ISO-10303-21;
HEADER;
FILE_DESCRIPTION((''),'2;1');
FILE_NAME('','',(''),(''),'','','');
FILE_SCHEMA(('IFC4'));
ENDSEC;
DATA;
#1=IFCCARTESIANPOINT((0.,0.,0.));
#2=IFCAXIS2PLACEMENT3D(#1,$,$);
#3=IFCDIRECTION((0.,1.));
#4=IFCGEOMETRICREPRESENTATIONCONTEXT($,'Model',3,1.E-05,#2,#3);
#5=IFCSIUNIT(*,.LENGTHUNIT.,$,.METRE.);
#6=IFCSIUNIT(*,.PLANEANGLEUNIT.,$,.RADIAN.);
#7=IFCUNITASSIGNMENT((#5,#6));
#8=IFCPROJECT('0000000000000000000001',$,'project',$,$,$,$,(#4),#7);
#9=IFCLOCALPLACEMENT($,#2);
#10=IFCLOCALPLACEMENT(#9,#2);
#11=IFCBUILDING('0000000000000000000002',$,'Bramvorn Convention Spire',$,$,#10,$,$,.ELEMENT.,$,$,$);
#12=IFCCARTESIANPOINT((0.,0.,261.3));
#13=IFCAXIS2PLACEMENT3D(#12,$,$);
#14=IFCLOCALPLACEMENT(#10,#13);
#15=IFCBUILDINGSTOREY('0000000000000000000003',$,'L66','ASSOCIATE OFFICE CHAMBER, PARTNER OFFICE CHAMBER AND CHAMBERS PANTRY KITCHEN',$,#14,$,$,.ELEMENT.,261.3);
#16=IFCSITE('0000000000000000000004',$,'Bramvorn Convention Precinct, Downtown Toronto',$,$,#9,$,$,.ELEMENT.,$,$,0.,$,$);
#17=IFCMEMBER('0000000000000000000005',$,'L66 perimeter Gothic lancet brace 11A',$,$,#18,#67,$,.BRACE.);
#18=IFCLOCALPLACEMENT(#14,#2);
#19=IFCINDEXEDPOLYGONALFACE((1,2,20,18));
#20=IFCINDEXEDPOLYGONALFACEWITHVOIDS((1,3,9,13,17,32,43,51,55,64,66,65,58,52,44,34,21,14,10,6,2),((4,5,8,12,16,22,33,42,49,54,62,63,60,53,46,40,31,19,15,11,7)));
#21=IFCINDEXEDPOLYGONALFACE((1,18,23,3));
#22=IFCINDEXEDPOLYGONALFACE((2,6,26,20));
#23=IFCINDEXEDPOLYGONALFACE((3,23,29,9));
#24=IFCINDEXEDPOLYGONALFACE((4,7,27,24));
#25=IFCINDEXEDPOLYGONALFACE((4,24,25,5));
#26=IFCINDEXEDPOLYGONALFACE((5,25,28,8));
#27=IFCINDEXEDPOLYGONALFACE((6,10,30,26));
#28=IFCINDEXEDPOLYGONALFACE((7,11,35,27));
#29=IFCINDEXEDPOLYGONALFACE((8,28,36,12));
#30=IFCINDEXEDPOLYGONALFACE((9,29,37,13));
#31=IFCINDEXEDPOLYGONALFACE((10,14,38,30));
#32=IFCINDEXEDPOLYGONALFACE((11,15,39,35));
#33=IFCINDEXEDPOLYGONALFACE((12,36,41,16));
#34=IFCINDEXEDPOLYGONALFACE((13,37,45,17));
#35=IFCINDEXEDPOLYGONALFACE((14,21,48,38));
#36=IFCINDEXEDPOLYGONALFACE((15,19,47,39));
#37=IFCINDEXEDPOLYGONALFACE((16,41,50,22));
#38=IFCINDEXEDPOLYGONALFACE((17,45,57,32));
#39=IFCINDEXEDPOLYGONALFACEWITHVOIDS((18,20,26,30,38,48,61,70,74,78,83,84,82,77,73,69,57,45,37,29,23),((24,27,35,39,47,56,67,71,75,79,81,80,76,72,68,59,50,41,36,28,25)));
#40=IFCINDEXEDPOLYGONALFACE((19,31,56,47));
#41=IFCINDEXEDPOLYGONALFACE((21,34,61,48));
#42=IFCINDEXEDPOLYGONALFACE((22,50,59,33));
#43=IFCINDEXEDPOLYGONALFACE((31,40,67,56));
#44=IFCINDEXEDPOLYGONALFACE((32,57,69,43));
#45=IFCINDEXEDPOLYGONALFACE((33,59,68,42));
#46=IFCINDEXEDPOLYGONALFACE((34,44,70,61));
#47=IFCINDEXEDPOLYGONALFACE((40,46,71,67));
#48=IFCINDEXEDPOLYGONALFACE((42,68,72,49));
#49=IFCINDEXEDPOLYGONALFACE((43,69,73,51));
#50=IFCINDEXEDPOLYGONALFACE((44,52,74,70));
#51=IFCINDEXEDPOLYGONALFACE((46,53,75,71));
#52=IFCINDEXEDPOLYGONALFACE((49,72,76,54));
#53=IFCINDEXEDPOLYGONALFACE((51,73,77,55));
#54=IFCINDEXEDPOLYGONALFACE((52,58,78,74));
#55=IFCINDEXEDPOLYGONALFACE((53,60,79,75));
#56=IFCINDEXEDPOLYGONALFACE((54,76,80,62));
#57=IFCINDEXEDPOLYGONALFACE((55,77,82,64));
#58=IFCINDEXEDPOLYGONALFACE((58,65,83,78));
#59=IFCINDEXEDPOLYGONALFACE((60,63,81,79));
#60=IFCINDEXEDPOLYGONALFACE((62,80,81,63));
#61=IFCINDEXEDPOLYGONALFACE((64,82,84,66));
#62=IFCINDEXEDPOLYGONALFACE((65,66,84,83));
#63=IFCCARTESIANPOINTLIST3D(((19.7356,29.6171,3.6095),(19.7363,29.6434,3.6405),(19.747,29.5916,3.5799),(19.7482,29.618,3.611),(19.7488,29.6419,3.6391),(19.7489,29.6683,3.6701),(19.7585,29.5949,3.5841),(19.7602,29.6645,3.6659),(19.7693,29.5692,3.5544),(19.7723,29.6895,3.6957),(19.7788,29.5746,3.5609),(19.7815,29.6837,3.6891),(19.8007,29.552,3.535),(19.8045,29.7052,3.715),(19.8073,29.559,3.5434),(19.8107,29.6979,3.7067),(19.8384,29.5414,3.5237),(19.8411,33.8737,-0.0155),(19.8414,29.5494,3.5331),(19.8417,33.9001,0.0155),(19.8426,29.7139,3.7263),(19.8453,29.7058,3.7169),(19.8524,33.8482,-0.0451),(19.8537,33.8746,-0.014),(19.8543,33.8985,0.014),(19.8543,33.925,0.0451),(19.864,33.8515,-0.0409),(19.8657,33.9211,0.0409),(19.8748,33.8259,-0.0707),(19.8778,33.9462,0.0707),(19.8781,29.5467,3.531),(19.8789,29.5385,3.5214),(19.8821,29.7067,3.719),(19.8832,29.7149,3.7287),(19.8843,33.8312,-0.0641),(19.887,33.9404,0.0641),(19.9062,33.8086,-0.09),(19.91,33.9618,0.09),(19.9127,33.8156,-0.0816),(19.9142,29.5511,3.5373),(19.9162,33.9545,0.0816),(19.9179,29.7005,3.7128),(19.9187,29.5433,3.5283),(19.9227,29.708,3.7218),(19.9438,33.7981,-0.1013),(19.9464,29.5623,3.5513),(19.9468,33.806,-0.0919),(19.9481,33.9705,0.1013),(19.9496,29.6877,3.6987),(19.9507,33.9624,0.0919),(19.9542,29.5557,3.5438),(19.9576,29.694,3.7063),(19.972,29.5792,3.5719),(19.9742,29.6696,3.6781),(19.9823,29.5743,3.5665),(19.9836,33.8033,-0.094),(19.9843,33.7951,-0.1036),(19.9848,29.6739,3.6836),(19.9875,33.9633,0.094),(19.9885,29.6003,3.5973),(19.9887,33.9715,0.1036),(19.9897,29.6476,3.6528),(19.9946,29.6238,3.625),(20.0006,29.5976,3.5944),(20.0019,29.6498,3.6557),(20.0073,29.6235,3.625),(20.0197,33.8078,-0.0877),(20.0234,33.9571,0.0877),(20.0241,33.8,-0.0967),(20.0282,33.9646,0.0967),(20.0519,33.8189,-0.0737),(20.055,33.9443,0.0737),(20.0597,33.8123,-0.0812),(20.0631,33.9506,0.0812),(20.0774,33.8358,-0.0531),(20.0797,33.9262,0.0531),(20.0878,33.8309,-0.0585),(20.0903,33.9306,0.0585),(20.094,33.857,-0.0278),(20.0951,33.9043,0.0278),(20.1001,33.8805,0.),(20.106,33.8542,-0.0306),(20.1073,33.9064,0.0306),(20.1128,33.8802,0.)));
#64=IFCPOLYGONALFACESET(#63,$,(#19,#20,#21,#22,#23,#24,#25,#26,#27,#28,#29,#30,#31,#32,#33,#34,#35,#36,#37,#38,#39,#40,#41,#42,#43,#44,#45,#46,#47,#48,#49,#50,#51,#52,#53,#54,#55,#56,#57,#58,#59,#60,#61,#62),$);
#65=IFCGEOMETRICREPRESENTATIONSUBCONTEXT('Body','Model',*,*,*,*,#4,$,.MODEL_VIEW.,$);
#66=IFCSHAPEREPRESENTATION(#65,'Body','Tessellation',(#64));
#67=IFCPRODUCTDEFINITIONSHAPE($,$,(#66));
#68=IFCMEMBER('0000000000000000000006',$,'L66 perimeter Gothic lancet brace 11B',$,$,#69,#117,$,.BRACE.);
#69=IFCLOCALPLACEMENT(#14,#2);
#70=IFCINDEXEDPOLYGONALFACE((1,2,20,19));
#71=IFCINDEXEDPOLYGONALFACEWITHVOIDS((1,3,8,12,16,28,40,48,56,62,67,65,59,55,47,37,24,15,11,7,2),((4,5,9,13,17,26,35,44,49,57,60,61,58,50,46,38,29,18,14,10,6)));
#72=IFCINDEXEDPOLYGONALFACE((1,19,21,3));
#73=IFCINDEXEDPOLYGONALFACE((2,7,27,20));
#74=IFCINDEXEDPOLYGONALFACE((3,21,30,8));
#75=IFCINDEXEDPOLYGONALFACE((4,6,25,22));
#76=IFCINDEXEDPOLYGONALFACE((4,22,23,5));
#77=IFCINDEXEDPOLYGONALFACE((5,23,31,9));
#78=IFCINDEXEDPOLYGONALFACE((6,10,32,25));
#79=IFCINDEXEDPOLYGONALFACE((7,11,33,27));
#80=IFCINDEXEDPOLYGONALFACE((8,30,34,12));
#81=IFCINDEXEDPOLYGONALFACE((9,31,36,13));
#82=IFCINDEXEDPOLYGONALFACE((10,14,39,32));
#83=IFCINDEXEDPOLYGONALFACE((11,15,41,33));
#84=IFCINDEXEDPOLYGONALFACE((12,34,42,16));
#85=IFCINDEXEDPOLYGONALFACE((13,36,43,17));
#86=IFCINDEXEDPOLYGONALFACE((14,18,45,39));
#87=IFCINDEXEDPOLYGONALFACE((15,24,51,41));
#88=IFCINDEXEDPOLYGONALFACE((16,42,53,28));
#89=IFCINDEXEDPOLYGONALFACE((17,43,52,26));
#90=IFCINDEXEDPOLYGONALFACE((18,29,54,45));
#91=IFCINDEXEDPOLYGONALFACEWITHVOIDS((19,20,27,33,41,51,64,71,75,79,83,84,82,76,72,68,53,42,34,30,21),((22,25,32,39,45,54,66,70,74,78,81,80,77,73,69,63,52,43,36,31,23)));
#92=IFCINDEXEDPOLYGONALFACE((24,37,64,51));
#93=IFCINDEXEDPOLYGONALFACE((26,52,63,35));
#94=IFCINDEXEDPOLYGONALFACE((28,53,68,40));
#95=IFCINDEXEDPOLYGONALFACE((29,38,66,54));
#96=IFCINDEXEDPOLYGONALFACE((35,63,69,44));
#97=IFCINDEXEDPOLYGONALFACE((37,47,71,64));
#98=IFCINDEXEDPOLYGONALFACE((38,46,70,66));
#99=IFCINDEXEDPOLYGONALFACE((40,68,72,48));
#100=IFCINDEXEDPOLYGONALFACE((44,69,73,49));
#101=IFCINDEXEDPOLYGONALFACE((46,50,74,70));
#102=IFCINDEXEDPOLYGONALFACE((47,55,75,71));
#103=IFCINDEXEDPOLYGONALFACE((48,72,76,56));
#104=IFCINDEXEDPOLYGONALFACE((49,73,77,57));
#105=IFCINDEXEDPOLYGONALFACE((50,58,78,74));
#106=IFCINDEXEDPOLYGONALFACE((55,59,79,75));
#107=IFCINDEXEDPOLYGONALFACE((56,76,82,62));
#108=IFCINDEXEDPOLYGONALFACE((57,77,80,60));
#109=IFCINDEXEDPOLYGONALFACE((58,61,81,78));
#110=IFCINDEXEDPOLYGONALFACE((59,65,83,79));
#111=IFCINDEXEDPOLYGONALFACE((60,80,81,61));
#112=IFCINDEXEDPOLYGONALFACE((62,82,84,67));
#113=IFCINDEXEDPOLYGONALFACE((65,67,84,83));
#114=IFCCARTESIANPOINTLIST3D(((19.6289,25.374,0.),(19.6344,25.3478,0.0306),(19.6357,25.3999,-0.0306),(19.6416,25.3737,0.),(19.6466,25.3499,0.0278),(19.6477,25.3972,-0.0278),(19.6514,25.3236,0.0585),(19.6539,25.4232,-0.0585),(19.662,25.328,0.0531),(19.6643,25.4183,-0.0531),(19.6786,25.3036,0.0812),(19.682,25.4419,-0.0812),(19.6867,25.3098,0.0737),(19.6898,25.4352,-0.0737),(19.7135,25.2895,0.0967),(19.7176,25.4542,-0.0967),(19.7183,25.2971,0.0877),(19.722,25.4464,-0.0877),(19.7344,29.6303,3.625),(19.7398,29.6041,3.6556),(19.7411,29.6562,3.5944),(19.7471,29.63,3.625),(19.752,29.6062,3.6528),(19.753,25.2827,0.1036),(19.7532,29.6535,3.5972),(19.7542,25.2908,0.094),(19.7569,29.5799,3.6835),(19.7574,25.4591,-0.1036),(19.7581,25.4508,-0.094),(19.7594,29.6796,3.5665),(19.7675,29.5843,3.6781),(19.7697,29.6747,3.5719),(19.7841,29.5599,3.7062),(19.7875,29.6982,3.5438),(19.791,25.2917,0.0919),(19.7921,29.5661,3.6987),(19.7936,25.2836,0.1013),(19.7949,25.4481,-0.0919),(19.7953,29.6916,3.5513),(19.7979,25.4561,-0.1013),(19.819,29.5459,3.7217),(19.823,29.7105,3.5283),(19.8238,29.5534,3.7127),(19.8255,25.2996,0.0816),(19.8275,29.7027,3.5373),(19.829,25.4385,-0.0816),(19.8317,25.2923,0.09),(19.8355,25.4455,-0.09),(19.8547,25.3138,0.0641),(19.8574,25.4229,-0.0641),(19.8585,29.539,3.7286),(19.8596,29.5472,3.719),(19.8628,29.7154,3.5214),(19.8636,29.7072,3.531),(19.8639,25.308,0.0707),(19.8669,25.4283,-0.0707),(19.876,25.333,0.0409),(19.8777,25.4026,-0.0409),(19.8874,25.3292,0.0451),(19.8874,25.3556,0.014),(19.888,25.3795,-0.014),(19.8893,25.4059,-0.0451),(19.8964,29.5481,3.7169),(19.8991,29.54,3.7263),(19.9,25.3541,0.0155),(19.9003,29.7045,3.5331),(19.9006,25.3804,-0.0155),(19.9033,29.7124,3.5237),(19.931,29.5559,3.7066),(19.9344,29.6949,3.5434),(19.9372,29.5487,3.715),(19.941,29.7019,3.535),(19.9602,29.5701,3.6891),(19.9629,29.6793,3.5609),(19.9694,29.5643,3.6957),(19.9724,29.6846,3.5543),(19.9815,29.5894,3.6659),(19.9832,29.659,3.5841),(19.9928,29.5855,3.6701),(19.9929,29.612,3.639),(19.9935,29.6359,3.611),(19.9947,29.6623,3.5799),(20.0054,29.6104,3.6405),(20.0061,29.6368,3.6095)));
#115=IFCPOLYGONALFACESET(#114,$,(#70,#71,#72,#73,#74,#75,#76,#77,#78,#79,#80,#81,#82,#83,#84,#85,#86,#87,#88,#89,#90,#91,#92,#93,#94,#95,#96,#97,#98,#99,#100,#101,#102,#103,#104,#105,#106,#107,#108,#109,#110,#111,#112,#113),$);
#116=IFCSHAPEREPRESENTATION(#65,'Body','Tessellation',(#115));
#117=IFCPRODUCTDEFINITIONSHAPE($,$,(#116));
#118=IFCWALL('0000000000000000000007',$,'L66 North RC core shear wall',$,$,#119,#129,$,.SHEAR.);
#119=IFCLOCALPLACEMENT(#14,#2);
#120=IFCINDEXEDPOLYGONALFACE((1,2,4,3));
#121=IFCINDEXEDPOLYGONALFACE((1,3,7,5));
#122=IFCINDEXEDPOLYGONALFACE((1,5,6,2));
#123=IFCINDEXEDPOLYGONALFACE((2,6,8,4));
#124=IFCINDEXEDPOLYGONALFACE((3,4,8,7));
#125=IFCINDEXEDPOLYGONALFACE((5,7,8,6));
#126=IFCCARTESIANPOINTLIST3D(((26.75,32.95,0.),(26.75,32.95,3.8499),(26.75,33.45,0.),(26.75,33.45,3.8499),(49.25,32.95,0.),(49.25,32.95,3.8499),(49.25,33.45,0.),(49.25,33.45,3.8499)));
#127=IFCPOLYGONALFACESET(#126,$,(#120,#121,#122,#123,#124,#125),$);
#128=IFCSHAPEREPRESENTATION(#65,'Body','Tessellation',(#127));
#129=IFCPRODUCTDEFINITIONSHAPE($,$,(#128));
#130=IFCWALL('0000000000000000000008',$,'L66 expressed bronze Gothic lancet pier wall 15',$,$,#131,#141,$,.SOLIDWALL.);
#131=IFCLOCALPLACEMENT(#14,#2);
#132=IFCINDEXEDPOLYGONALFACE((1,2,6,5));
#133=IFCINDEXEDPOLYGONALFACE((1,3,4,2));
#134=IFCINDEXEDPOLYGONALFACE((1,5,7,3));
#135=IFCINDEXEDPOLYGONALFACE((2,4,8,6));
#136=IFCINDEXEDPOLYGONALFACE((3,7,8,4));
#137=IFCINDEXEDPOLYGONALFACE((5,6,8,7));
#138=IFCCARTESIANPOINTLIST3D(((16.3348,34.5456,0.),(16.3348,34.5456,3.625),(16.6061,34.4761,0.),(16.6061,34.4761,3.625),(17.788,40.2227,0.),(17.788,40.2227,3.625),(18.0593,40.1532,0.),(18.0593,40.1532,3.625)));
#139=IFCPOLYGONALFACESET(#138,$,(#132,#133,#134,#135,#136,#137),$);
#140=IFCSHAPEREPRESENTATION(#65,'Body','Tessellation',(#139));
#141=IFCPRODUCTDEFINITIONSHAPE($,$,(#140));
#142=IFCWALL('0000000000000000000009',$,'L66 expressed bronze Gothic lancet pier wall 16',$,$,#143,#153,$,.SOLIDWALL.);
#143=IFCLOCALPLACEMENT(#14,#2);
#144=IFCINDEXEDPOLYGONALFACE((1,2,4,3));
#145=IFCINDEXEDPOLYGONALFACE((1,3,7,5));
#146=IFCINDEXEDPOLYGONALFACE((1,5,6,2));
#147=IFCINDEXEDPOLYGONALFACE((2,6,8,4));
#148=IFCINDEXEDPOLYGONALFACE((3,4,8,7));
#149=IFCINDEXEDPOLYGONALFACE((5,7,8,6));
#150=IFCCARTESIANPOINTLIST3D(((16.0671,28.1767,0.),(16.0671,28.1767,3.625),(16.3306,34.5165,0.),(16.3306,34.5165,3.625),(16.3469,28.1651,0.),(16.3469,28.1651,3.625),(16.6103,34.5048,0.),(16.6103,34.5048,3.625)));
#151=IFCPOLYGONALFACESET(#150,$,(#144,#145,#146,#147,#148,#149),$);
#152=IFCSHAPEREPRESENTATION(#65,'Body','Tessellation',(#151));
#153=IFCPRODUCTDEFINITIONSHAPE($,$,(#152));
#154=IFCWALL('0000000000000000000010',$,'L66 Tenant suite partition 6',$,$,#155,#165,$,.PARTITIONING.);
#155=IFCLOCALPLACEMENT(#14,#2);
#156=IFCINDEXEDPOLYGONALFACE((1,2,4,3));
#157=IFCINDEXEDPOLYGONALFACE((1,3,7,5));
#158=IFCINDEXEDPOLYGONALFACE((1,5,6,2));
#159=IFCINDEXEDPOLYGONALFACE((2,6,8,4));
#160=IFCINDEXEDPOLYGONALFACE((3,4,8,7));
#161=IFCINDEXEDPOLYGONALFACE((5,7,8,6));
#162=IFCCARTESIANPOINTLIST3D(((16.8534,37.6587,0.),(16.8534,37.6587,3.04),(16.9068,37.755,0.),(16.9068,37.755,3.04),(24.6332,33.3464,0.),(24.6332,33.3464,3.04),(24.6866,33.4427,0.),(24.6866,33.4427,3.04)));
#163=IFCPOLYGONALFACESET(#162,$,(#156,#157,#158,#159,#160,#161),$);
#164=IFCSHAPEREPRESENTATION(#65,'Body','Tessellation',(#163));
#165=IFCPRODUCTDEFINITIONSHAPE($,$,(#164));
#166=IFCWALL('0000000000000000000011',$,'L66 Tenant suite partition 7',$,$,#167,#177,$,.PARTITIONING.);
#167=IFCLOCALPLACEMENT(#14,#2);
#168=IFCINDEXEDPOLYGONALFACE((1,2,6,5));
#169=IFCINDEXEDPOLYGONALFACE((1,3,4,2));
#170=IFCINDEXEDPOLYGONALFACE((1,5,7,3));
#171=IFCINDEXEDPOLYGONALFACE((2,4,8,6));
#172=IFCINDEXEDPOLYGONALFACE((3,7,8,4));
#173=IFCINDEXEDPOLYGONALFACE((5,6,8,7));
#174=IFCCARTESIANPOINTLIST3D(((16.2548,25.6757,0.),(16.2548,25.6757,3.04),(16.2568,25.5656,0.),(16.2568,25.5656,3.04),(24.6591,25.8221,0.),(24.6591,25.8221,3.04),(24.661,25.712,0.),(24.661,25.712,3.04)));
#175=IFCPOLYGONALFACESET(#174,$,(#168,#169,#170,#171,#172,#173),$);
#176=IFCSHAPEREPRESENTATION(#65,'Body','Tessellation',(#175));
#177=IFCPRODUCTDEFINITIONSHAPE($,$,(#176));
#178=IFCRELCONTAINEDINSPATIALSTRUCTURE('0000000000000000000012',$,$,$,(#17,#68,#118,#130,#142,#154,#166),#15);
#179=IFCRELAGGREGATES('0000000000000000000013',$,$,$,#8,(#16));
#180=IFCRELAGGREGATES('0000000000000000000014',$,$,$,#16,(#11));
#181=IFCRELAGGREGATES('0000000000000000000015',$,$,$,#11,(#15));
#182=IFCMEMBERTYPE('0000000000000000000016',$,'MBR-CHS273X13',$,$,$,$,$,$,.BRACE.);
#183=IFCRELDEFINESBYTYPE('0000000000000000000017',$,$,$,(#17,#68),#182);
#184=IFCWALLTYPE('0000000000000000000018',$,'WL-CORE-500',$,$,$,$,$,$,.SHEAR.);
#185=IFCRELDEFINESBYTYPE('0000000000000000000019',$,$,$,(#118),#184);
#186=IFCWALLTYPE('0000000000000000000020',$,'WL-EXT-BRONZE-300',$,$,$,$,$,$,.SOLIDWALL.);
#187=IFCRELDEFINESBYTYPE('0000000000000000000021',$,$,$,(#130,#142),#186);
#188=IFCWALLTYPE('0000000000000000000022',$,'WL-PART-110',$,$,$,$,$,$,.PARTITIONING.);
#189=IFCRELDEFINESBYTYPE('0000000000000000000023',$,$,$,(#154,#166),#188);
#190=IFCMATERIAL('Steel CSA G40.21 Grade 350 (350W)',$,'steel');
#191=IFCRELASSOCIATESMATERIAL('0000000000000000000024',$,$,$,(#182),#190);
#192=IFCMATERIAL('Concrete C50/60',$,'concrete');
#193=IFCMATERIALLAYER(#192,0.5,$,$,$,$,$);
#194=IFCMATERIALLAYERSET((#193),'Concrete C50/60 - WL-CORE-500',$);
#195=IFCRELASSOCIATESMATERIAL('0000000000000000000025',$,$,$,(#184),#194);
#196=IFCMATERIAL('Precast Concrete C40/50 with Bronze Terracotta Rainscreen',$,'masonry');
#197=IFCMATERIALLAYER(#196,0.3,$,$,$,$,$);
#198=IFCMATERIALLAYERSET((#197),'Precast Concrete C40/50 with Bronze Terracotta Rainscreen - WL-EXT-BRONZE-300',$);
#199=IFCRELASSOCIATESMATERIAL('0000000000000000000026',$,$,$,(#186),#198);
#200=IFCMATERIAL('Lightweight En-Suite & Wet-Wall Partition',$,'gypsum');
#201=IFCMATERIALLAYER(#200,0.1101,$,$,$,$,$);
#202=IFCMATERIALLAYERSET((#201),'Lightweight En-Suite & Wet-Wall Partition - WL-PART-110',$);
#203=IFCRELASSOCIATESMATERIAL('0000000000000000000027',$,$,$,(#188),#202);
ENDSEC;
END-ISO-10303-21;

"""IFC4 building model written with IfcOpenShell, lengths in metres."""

from ifc_helpers import new_model, si_unit, direction, frame, frame_2d, origin, origin_2d, place, context, subcontext, project, spatial, rectangle, hollow_circle, extrude, material, layer, layer_set, material_profile, profile_set, type_object, element, save


model = new_model("IFC4")

# Units and contexts
model_context = context("Model", 3, precision=1e-05, world=origin(), true_north=direction((0.0, 1.0)))
body_context = subcontext(model_context, "Body", "Model", "MODEL_VIEW")
ifc_project = project(units=[si_unit("LENGTHUNIT", "METRE"), si_unit("PLANEANGLEUNIT", "RADIAN")], contexts=[model_context])

# Site, building, storey
site_placement = place(None, origin())
site = spatial("IfcSite", under=ifc_project, at=site_placement, Name="Bramvorn Convention Precinct, Downtown Toronto", CompositionType="ELEMENT", RefElevation=0.0)
building_placement = place(site_placement, origin())
building = spatial("IfcBuilding", under=site, at=building_placement, Name="Bramvorn Convention Spire", CompositionType="ELEMENT")
storey_placement = place(building_placement, frame((0.0, 0.0, 261.3)))
storey = spatial("IfcBuildingStorey", under=building, at=storey_placement, Name="L66", Description="ASSOCIATE OFFICE CHAMBER, PARTNER OFFICE CHAMBER AND CHAMBERS PANTRY KITCHEN", CompositionType="ELEMENT", Elevation=261.3)

# Shared definitions
ifc_material_1 = material(Name="Steel CSA G40.21 Grade 350 (350W)", Category="steel")

# Members
ifc_material_profile_1 = material_profile(ifc_material_1, hollow_circle(Radius=0.1365, WallThickness=0.0127, at=origin_2d()))
ifc_profile_set_1 = profile_set([ifc_material_profile_1], Name="Steel CSA G40.21 Grade 350 (350W) - CHS273X13")
member_type = type_object("IfcMemberType", Name="MBR-CHS273X13", PredefinedType="BRACE", material=ifc_profile_set_1)
member_1_placement = place(storey_placement, frame((19.9763, 33.8835, 0.0), z_axis=(-0.018861, -0.761195, 0.648249), x_axis=(0.999693, -0.02477, 0.0)))
element("IfcMember", 1, at=member_1_placement, inside=storey, type_object=member_type, Name="L66 perimeter Gothic lancet brace 11A", PredefinedType="BRACE", context=body_context, shape_type="SweptSolid", body=[
    extrude(hollow_circle(Radius=0.1365, WallThickness=0.0127, at=origin_2d()), origin(), (0.0, 0.0, 1.0), 5.592),
])
member_2_placement = place(storey_placement, frame((19.7654, 25.3706, 0.0), z_axis=(0.018861, 0.761176, 0.648271), x_axis=(-0.999693, 0.024772, 0.0)))
element("IfcMember", 2, at=member_2_placement, inside=storey, type_object=member_type, Name="L66 perimeter Gothic lancet brace 11B", PredefinedType="BRACE", context=body_context, shape_type="SweptSolid", body=[
    extrude(hollow_circle(Radius=0.1365, WallThickness=0.0127, at=origin_2d()), origin(), (0.0, 0.0, 1.0), 5.5918),
])

# Walls
ifc_material_2 = material(Name="Concrete C50/60", Category="concrete")
ifc_layer_1 = layer(ifc_material_2, 0.5)
ifc_layer_set_1 = layer_set([ifc_layer_1], Name="Concrete C50/60 - WL-CORE-500")
wall_type_1 = type_object("IfcWallType", Name="WL-CORE-500", PredefinedType="SHEAR", material=ifc_layer_set_1)
wall_1_placement = place(storey_placement, frame((26.75, 33.2, 0.0), z_axis=(0.0, 0.0, 1.0), x_axis=(1.0, 0.0, 0.0)))
element("IfcWall", 3, at=wall_1_placement, inside=storey, type_object=wall_type_1, Name="L66 North RC core shear wall", PredefinedType="SHEAR", context=body_context, shape_type="SweptSolid", body=[
    extrude(rectangle(XDim=22.5, YDim=0.5, at=frame_2d((11.25, 0.0))), origin(), (0.0, 0.0, 1.0), 3.8499),
])
ifc_material_3 = material(Name="Precast Concrete C40/50 with Bronze Terracotta Rainscreen", Category="masonry")
ifc_layer_2 = layer(ifc_material_3, 0.3)
ifc_layer_set_2 = layer_set([ifc_layer_2], Name="Precast Concrete C40/50 with Bronze Terracotta Rainscreen - WL-EXT-BRONZE-300")
wall_type_2 = type_object("IfcWallType", Name="WL-EXT-BRONZE-300", PredefinedType="SOLIDWALL", material=ifc_layer_set_2)
wall_2_placement = place(storey_placement, frame((16.4705, 34.5107, 0.0), z_axis=(0.0, 0.0, 1.0), x_axis=(0.247972, 0.968767, 0.0)))
element("IfcWall", 4, at=wall_2_placement, inside=storey, type_object=wall_type_2, Name="L66 expressed bronze Gothic lancet pier wall 15", PredefinedType="SOLIDWALL", context=body_context, shape_type="SweptSolid", body=[
    extrude(rectangle(XDim=5.8601, YDim=0.28, at=frame_2d((2.9302, 0.0))), origin(), (0.0, 0.0, 1.0), 3.625),
])
wall_3_placement = place(storey_placement, frame((16.207, 28.1709, 0.0), z_axis=(0.0, 0.0, 1.0), x_axis=(0.041515, 0.999138, 0.0)))
element("IfcWall", 5, at=wall_3_placement, inside=storey, type_object=wall_type_2, Name="L66 expressed bronze Gothic lancet pier wall 16", PredefinedType="SOLIDWALL", context=body_context, shape_type="SweptSolid", body=[
    extrude(rectangle(XDim=6.3452, YDim=0.28, at=frame_2d((3.1726, 0.0))), origin(), (0.0, 0.0, 1.0), 3.625),
])
ifc_material_4 = material(Name="Lightweight En-Suite & Wet-Wall Partition", Category="gypsum")
ifc_layer_3 = layer(ifc_material_4, 0.1101)
ifc_layer_set_3 = layer_set([ifc_layer_3], Name="Lightweight En-Suite & Wet-Wall Partition - WL-PART-110")
wall_type_3 = type_object("IfcWallType", Name="WL-PART-110", PredefinedType="PARTITIONING", material=ifc_layer_set_3)
wall_4_placement = place(storey_placement, frame((24.6599, 33.3945, 0.0), z_axis=(0.0, 0.0, 1.0), x_axis=(-0.874627, 0.484797, 0.0)))
element("IfcWall", 6, at=wall_4_placement, inside=storey, type_object=wall_type_3, Name="L66 Tenant suite partition 6", PredefinedType="PARTITIONING", context=body_context, shape_type="SweptSolid", body=[
    extrude(rectangle(XDim=8.895, YDim=0.1101, at=frame_2d((4.4475, 0.0))), origin(), (0.0, 0.0, 1.0), 3.04),
])
wall_5_placement = place(storey_placement, frame((24.6599, 25.7671, 0.0), z_axis=(0.0, 0.0, 1.0), x_axis=(-0.999848, -0.017427, 0.0)))
element("IfcWall", 7, at=wall_5_placement, inside=storey, type_object=wall_type_3, Name="L66 Tenant suite partition 7", PredefinedType="PARTITIONING", context=body_context, shape_type="SweptSolid", body=[
    extrude(rectangle(XDim=8.4055, YDim=0.1101, at=frame_2d((4.2026, 0.0))), origin(), (0.0, 0.0, 1.0), 3.04),
])

save(model, "model.ifc")
